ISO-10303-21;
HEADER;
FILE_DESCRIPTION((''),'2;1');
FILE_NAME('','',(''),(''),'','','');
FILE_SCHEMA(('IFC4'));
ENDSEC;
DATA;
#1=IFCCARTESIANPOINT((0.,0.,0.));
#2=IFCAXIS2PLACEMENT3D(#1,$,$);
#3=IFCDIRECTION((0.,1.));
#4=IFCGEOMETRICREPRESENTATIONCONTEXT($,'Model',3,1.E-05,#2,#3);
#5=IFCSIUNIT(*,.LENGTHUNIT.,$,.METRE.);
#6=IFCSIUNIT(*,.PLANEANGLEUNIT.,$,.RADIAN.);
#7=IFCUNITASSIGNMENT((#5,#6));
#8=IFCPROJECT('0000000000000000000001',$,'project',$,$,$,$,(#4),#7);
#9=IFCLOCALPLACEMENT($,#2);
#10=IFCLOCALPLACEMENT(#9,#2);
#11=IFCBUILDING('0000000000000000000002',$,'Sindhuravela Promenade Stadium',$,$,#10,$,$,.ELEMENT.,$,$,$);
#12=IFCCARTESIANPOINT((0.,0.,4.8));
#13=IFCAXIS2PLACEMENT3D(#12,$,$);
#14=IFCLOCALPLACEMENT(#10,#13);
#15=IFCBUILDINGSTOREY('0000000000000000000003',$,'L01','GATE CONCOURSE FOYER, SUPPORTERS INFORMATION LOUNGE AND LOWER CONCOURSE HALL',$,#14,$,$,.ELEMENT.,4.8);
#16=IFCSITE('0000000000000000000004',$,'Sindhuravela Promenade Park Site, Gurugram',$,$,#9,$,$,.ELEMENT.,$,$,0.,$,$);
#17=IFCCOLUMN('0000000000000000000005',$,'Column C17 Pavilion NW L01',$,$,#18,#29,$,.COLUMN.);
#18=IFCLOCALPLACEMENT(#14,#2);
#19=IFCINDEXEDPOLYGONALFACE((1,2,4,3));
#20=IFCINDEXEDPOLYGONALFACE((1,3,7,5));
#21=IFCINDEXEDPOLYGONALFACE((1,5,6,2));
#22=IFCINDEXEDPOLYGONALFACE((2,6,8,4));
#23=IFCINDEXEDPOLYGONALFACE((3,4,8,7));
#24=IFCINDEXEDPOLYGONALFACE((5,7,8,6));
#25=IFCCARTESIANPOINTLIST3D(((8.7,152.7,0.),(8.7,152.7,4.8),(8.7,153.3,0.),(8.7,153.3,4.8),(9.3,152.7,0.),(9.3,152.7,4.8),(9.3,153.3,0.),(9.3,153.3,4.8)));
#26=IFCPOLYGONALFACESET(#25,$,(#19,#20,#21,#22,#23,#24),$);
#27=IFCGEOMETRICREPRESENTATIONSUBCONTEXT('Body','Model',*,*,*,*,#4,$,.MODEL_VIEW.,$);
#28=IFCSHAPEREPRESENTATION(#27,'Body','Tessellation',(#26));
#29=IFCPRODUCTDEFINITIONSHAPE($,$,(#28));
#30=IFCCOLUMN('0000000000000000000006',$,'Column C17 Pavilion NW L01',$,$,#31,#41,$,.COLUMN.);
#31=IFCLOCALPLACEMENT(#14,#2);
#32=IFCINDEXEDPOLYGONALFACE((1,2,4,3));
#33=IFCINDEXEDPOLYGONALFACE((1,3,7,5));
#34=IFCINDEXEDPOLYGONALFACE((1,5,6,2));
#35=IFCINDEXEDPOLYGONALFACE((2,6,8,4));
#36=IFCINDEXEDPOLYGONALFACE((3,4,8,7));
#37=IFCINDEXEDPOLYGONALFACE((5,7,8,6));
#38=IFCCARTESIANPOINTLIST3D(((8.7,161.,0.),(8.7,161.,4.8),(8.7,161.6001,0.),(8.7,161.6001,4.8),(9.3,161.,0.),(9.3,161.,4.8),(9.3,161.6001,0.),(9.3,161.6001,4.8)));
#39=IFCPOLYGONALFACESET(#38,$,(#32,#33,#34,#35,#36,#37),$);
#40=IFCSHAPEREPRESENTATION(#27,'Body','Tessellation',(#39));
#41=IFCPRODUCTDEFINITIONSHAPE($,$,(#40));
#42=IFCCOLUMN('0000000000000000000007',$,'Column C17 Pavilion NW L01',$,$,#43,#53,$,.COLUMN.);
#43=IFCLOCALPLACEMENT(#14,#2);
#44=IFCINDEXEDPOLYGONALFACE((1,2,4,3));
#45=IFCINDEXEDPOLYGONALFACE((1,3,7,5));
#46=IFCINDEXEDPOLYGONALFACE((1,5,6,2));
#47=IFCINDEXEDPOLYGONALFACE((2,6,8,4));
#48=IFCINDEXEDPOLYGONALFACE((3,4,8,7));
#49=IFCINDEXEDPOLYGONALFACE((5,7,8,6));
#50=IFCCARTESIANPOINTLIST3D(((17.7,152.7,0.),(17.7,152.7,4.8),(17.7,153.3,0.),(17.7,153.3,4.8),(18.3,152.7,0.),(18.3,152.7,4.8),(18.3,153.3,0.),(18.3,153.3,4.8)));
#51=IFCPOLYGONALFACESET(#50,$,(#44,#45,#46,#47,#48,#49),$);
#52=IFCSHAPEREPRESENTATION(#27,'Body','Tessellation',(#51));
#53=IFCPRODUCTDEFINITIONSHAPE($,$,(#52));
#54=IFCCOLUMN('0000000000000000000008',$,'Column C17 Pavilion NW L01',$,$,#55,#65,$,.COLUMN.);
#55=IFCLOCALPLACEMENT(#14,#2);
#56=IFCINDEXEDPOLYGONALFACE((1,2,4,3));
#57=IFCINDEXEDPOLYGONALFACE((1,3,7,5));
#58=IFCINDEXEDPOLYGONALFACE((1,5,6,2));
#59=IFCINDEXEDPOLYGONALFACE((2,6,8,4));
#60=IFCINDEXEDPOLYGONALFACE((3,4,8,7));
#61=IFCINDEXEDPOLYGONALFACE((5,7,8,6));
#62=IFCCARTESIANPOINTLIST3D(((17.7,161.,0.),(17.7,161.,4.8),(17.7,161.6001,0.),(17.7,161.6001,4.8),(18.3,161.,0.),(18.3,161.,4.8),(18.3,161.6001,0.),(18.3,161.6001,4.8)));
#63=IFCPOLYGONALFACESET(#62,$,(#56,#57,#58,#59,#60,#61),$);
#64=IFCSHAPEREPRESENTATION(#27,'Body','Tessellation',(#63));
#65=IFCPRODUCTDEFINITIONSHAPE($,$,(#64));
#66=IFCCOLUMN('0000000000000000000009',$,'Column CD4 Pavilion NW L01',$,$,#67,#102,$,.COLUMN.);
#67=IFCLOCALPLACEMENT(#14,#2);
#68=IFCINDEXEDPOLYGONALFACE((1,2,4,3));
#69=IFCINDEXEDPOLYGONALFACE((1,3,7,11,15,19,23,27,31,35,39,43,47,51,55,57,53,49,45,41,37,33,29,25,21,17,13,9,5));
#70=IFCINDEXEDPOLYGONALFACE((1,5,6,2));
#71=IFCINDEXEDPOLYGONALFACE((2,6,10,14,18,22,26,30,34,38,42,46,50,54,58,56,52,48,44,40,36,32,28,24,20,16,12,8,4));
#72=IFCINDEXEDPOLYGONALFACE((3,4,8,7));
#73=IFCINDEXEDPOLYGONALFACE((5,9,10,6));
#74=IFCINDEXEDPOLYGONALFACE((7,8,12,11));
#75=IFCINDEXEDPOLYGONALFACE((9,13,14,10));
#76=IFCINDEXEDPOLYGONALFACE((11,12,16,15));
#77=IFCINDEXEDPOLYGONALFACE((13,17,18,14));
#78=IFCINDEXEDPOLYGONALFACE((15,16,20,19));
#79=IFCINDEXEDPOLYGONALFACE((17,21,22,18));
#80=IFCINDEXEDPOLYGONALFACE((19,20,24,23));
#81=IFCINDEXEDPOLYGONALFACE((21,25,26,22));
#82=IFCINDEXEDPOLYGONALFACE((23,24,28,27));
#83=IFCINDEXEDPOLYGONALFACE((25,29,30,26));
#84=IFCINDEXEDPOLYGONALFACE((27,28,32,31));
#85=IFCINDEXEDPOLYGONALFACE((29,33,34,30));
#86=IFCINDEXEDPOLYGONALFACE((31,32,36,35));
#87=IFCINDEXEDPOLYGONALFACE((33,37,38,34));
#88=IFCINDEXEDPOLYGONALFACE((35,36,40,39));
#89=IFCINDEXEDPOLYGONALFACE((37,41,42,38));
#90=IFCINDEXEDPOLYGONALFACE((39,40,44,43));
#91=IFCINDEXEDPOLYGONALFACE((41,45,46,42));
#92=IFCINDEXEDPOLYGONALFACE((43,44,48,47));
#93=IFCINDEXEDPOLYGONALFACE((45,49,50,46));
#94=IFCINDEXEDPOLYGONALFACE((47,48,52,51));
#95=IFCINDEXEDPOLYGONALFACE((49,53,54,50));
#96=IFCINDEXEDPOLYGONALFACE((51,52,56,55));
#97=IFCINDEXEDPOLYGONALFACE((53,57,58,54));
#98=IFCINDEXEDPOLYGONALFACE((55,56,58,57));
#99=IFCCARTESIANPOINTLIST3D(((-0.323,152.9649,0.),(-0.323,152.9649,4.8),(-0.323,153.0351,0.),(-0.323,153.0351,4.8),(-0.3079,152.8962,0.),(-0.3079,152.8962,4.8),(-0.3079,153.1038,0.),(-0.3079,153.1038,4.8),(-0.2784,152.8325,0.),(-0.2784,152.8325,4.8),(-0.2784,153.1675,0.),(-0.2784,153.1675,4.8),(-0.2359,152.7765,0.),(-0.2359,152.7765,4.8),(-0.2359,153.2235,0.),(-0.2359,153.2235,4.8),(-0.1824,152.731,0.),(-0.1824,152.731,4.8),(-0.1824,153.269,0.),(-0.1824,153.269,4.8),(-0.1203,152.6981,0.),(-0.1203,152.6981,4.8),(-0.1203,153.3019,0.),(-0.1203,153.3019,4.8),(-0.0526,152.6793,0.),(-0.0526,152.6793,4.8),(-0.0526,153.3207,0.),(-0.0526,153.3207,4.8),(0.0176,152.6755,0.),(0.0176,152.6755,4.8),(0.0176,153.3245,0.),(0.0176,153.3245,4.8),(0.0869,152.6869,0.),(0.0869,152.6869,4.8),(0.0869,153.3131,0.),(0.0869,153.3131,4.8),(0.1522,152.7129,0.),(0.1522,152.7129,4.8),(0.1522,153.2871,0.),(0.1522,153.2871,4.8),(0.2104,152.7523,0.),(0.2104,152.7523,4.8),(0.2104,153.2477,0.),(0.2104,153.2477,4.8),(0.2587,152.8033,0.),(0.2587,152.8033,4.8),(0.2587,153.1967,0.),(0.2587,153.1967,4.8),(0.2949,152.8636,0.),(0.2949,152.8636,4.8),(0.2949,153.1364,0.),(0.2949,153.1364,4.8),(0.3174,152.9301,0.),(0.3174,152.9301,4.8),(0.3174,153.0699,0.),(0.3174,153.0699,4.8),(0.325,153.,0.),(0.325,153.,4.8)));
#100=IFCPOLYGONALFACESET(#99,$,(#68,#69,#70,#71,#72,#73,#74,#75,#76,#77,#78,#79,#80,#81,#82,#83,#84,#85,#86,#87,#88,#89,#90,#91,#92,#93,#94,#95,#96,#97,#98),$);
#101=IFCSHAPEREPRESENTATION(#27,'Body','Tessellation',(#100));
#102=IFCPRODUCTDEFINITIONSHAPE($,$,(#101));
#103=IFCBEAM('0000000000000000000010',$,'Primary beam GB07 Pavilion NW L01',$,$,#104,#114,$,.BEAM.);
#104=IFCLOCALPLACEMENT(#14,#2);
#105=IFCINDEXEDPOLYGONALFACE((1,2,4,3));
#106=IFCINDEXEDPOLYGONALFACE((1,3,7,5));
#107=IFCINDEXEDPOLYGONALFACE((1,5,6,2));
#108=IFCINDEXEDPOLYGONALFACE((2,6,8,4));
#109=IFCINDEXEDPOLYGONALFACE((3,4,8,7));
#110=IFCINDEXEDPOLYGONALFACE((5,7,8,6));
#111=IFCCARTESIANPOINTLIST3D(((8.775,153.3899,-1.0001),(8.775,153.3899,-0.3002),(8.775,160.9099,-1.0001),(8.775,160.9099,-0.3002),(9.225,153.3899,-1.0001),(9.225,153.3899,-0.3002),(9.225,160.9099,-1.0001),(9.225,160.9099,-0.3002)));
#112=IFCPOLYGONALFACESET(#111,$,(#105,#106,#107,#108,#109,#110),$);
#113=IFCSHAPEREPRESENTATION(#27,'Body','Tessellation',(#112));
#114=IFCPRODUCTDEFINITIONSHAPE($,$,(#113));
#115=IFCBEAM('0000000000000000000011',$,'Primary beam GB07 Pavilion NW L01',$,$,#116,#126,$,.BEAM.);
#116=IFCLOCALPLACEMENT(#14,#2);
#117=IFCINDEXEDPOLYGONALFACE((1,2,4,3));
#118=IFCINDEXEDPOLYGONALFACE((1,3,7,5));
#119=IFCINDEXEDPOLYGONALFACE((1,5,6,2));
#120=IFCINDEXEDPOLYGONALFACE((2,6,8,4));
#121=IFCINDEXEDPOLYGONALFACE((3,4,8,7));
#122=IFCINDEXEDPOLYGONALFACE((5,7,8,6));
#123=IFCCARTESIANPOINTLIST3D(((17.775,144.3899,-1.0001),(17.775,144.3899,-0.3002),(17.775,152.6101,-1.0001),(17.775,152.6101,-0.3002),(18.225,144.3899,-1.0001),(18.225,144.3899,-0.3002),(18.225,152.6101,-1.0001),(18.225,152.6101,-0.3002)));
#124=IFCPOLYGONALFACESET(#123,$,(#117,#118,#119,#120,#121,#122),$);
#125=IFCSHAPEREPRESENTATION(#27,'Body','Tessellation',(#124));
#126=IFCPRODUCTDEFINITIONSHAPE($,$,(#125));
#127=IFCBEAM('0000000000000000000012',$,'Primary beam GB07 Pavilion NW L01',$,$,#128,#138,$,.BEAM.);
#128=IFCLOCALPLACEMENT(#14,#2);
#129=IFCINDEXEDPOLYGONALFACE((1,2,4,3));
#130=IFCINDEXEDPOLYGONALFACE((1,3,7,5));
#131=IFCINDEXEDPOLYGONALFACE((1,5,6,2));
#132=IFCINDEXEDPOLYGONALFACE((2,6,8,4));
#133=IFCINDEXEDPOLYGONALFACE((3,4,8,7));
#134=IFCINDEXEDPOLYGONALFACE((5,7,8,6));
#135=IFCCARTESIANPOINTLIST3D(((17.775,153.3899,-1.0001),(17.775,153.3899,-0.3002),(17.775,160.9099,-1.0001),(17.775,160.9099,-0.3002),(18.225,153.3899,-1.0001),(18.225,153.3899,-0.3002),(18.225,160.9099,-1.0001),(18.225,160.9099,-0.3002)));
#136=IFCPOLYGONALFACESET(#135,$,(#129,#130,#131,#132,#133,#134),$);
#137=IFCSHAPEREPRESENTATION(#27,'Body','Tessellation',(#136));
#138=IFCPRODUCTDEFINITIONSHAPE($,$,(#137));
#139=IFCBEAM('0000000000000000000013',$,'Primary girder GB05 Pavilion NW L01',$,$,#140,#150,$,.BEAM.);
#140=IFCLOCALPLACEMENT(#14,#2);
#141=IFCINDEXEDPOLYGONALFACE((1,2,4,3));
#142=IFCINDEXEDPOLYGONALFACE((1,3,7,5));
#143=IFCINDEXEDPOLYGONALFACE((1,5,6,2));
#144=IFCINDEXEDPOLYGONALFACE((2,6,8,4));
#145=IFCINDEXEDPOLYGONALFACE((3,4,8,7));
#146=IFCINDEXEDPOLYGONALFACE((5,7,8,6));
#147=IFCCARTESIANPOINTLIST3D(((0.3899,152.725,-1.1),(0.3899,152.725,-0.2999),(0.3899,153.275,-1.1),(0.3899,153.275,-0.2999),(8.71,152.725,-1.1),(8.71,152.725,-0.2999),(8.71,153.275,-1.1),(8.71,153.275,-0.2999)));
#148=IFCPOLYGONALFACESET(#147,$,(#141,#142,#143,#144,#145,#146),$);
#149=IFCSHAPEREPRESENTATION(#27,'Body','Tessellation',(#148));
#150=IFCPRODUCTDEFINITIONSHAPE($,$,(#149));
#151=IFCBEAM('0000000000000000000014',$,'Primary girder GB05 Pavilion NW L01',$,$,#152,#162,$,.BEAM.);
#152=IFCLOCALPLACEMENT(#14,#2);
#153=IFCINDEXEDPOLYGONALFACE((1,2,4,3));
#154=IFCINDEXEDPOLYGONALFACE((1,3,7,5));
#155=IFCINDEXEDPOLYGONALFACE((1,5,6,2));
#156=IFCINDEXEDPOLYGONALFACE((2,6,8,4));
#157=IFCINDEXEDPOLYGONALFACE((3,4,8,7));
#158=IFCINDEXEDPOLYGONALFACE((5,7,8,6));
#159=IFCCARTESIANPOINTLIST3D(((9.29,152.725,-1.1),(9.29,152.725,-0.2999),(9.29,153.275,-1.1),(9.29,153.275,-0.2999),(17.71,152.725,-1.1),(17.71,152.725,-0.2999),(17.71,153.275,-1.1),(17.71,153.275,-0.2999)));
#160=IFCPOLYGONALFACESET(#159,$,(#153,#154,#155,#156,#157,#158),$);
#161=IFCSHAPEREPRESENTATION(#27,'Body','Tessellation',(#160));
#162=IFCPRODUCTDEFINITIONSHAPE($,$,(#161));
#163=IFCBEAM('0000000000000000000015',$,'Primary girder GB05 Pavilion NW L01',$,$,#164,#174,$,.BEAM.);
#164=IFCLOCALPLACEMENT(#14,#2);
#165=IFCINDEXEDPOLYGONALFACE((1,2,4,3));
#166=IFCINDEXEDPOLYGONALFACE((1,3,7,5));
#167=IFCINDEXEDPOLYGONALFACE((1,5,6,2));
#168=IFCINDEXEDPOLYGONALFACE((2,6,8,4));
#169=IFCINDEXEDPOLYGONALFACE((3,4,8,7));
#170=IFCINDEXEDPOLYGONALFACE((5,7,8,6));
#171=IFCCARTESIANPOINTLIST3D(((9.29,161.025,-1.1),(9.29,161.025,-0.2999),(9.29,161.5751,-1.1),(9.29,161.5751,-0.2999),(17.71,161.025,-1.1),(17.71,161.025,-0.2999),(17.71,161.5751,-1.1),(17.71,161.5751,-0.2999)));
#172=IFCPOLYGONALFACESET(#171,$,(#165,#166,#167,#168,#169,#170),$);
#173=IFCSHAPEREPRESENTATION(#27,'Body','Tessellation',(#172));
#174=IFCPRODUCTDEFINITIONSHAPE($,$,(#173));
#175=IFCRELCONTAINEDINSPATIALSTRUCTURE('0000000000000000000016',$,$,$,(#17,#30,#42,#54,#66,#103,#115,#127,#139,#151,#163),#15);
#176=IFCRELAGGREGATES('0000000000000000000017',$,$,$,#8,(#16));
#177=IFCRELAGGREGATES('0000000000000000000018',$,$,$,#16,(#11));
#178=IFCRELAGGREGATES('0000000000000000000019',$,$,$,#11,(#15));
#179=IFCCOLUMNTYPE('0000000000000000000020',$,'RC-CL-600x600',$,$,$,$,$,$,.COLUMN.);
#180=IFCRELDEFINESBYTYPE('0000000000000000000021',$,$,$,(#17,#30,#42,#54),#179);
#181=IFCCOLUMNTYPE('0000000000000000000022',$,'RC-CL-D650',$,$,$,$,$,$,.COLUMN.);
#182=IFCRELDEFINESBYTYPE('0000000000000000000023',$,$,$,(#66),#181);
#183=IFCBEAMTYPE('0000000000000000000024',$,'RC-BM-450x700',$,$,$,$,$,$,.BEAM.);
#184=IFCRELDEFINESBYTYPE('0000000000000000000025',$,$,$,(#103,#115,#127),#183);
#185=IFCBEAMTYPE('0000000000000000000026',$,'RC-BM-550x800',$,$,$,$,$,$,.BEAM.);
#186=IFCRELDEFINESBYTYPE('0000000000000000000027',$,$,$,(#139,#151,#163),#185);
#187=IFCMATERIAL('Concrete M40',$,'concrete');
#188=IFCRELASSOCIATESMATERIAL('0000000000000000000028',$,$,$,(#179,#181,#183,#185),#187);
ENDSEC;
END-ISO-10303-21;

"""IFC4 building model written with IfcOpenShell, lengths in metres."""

from ifc_helpers import new_model, si_unit, direction, frame, origin, origin_2d, place, context, subcontext, project, spatial, rectangle, circle, extrude, material, material_profile, profile_set, type_object, element, save


model = new_model("IFC4")

# Units and contexts
model_context = context("Model", 3, precision=1e-05, world=origin(), true_north=direction((0.0, 1.0)))
body_context = subcontext(model_context, "Body", "Model", "MODEL_VIEW")
ifc_project = project(units=[si_unit("LENGTHUNIT", "METRE"), si_unit("PLANEANGLEUNIT", "RADIAN")], contexts=[model_context])

# Site, building, storey
site_placement = place(None, origin())
site = spatial("IfcSite", under=ifc_project, at=site_placement, Name="Sindhuravela Promenade Park Site, Gurugram", CompositionType="ELEMENT", RefElevation=0.0)
building_placement = place(site_placement, origin())
building = spatial("IfcBuilding", under=site, at=building_placement, Name="Sindhuravela Promenade Stadium", CompositionType="ELEMENT")
storey_placement = place(building_placement, frame((0.0, 0.0, 4.8)))
storey = spatial("IfcBuildingStorey", under=building, at=storey_placement, Name="L01", Description="GATE CONCOURSE FOYER, SUPPORTERS INFORMATION LOUNGE AND LOWER CONCOURSE HALL", CompositionType="ELEMENT", Elevation=4.8)

# Columns
ifc_material_1 = material(Name="Concrete M40", Category="concrete")
ifc_material_profile_1 = material_profile(ifc_material_1, rectangle(XDim=0.6001, YDim=0.6001, at=origin_2d()), Name="RC 600x600")
ifc_profile_set_1 = profile_set([ifc_material_profile_1], Name="Concrete M40")
column_type_1 = type_object("IfcColumnType", Name="RC-CL-600x600", PredefinedType="COLUMN", material=ifc_profile_set_1)
for number, where, z_axis, x_axis, name in (
    (1, (9.0, 153.0, 0.0), (0.0, 0.0, 1.0), (1.0, 0.0, 0.0), "Column C17 Pavilion NW L01"),
    (2, (9.0, 161.3, 0.0), (0.0, 0.0, 1.0), (1.0, 0.0, 0.0), "Column C17 Pavilion NW L01"),
    (3, (18.0, 153.0, 0.0), (0.0, 0.0, 1.0), (1.0, 0.0, 0.0), "Column C17 Pavilion NW L01"),
    (4, (18.0, 161.3, 0.0), (0.0, 0.0, 1.0), (1.0, 0.0, 0.0), "Column C17 Pavilion NW L01"),
):
    element("IfcColumn", number, at=place(storey_placement, frame(where, z_axis=z_axis, x_axis=x_axis)), inside=storey, type_object=column_type_1, Name=name, PredefinedType="COLUMN", context=body_context, shape_type="SweptSolid", body=[
        extrude(rectangle(XDim=0.6001, YDim=0.6001, at=origin_2d()), origin(), (0.0, 0.0, 1.0), 4.8),
    ])
ifc_material_profile_2 = material_profile(ifc_material_1, circle(Radius=0.325, at=origin_2d()), Name="RC D650")
ifc_profile_set_2 = profile_set([ifc_material_profile_2], Name="Concrete M40")
column_type_2 = type_object("IfcColumnType", Name="RC-CL-D650", PredefinedType="COLUMN", material=ifc_profile_set_2)
column_placement = place(storey_placement, frame((0.0, 153.0, 0.0), z_axis=(0.0, 0.0, 1.0), x_axis=(1.0, 0.0, 0.0)))
element("IfcColumn", 5, at=column_placement, inside=storey, type_object=column_type_2, Name="Column CD4 Pavilion NW L01", PredefinedType="COLUMN", context=body_context, shape_type="SweptSolid", body=[
    extrude(circle(Radius=0.325, at=origin_2d()), origin(), (0.0, 0.0, 1.0), 4.8),
])

# Beams
ifc_material_profile_3 = material_profile(ifc_material_1, rectangle(XDim=0.45, YDim=0.7, at=origin_2d()), Name="RC 450x700")
ifc_profile_set_3 = profile_set([ifc_material_profile_3], Name="Concrete M40")
beam_type_1 = type_object("IfcBeamType", Name="RC-BM-450x700", PredefinedType="BEAM", material=ifc_profile_set_3)
beam_1_placement = place(storey_placement, frame((9.0, 153.3899, -0.6501), z_axis=(0.0, 1.0, 0.0), x_axis=(-1.0, 0.0, 0.0)))
element("IfcBeam", 6, at=beam_1_placement, inside=storey, type_object=beam_type_1, Name="Primary beam GB07 Pavilion NW L01", PredefinedType="BEAM", context=body_context, shape_type="SweptSolid", body=[
    extrude(rectangle(XDim=0.45, YDim=0.7, at=origin_2d()), origin(), (0.0, 0.0, 1.0), 7.52),
])
beam_2_placement = place(storey_placement, frame((18.0, 144.3899, -0.6501), z_axis=(0.0, 1.0, 0.0), x_axis=(-1.0, 0.0, 0.0)))
element("IfcBeam", 7, at=beam_2_placement, inside=storey, type_object=beam_type_1, Name="Primary beam GB07 Pavilion NW L01", PredefinedType="BEAM", context=body_context, shape_type="SweptSolid", body=[
    extrude(rectangle(XDim=0.45, YDim=0.7, at=origin_2d()), origin(), (0.0, 0.0, 1.0), 8.2202),
])
beam_3_placement = place(storey_placement, frame((18.0, 153.3899, -0.6501), z_axis=(0.0, 1.0, 0.0), x_axis=(-1.0, 0.0, 0.0)))
element("IfcBeam", 8, at=beam_3_placement, inside=storey, type_object=beam_type_1, Name="Primary beam GB07 Pavilion NW L01", PredefinedType="BEAM", context=body_context, shape_type="SweptSolid", body=[
    extrude(rectangle(XDim=0.45, YDim=0.7, at=origin_2d()), origin(), (0.0, 0.0, 1.0), 7.52),
])
ifc_material_profile_4 = material_profile(ifc_material_1, rectangle(XDim=0.55, YDim=0.8, at=origin_2d()), Name="RC 550x800")
ifc_profile_set_4 = profile_set([ifc_material_profile_4], Name="Concrete M40")
beam_type_2 = type_object("IfcBeamType", Name="RC-BM-550x800", PredefinedType="BEAM", material=ifc_profile_set_4)
beam_4_placement = place(storey_placement, frame((0.3899, 153.0, -0.7), z_axis=(1.0, 0.0, 0.0), x_axis=(0.0, 1.0, 0.0)))
element("IfcBeam", 9, at=beam_4_placement, inside=storey, type_object=beam_type_2, Name="Primary girder GB05 Pavilion NW L01", PredefinedType="BEAM", context=body_context, shape_type="SweptSolid", body=[
    extrude(rectangle(XDim=0.55, YDim=0.8, at=origin_2d()), origin(), (0.0, 0.0, 1.0), 8.3201),
])
for number, where, z_axis, x_axis, name in (
    (10, (9.29, 153.0, -0.7), (1.0, 0.0, 0.0), (0.0, 1.0, 0.0), "Primary girder GB05 Pavilion NW L01"),
    (11, (9.29, 161.3, -0.7), (1.0, 0.0, 0.0), (0.0, 1.0, 0.0), "Primary girder GB05 Pavilion NW L01"),
):
    element("IfcBeam", number, at=place(storey_placement, frame(where, z_axis=z_axis, x_axis=x_axis)), inside=storey, type_object=beam_type_2, Name=name, PredefinedType="BEAM", context=body_context, shape_type="SweptSolid", body=[
        extrude(rectangle(XDim=0.55, YDim=0.8, at=origin_2d()), origin(), (0.0, 0.0, 1.0), 8.4199),
    ])

save(model, "model.ifc")
